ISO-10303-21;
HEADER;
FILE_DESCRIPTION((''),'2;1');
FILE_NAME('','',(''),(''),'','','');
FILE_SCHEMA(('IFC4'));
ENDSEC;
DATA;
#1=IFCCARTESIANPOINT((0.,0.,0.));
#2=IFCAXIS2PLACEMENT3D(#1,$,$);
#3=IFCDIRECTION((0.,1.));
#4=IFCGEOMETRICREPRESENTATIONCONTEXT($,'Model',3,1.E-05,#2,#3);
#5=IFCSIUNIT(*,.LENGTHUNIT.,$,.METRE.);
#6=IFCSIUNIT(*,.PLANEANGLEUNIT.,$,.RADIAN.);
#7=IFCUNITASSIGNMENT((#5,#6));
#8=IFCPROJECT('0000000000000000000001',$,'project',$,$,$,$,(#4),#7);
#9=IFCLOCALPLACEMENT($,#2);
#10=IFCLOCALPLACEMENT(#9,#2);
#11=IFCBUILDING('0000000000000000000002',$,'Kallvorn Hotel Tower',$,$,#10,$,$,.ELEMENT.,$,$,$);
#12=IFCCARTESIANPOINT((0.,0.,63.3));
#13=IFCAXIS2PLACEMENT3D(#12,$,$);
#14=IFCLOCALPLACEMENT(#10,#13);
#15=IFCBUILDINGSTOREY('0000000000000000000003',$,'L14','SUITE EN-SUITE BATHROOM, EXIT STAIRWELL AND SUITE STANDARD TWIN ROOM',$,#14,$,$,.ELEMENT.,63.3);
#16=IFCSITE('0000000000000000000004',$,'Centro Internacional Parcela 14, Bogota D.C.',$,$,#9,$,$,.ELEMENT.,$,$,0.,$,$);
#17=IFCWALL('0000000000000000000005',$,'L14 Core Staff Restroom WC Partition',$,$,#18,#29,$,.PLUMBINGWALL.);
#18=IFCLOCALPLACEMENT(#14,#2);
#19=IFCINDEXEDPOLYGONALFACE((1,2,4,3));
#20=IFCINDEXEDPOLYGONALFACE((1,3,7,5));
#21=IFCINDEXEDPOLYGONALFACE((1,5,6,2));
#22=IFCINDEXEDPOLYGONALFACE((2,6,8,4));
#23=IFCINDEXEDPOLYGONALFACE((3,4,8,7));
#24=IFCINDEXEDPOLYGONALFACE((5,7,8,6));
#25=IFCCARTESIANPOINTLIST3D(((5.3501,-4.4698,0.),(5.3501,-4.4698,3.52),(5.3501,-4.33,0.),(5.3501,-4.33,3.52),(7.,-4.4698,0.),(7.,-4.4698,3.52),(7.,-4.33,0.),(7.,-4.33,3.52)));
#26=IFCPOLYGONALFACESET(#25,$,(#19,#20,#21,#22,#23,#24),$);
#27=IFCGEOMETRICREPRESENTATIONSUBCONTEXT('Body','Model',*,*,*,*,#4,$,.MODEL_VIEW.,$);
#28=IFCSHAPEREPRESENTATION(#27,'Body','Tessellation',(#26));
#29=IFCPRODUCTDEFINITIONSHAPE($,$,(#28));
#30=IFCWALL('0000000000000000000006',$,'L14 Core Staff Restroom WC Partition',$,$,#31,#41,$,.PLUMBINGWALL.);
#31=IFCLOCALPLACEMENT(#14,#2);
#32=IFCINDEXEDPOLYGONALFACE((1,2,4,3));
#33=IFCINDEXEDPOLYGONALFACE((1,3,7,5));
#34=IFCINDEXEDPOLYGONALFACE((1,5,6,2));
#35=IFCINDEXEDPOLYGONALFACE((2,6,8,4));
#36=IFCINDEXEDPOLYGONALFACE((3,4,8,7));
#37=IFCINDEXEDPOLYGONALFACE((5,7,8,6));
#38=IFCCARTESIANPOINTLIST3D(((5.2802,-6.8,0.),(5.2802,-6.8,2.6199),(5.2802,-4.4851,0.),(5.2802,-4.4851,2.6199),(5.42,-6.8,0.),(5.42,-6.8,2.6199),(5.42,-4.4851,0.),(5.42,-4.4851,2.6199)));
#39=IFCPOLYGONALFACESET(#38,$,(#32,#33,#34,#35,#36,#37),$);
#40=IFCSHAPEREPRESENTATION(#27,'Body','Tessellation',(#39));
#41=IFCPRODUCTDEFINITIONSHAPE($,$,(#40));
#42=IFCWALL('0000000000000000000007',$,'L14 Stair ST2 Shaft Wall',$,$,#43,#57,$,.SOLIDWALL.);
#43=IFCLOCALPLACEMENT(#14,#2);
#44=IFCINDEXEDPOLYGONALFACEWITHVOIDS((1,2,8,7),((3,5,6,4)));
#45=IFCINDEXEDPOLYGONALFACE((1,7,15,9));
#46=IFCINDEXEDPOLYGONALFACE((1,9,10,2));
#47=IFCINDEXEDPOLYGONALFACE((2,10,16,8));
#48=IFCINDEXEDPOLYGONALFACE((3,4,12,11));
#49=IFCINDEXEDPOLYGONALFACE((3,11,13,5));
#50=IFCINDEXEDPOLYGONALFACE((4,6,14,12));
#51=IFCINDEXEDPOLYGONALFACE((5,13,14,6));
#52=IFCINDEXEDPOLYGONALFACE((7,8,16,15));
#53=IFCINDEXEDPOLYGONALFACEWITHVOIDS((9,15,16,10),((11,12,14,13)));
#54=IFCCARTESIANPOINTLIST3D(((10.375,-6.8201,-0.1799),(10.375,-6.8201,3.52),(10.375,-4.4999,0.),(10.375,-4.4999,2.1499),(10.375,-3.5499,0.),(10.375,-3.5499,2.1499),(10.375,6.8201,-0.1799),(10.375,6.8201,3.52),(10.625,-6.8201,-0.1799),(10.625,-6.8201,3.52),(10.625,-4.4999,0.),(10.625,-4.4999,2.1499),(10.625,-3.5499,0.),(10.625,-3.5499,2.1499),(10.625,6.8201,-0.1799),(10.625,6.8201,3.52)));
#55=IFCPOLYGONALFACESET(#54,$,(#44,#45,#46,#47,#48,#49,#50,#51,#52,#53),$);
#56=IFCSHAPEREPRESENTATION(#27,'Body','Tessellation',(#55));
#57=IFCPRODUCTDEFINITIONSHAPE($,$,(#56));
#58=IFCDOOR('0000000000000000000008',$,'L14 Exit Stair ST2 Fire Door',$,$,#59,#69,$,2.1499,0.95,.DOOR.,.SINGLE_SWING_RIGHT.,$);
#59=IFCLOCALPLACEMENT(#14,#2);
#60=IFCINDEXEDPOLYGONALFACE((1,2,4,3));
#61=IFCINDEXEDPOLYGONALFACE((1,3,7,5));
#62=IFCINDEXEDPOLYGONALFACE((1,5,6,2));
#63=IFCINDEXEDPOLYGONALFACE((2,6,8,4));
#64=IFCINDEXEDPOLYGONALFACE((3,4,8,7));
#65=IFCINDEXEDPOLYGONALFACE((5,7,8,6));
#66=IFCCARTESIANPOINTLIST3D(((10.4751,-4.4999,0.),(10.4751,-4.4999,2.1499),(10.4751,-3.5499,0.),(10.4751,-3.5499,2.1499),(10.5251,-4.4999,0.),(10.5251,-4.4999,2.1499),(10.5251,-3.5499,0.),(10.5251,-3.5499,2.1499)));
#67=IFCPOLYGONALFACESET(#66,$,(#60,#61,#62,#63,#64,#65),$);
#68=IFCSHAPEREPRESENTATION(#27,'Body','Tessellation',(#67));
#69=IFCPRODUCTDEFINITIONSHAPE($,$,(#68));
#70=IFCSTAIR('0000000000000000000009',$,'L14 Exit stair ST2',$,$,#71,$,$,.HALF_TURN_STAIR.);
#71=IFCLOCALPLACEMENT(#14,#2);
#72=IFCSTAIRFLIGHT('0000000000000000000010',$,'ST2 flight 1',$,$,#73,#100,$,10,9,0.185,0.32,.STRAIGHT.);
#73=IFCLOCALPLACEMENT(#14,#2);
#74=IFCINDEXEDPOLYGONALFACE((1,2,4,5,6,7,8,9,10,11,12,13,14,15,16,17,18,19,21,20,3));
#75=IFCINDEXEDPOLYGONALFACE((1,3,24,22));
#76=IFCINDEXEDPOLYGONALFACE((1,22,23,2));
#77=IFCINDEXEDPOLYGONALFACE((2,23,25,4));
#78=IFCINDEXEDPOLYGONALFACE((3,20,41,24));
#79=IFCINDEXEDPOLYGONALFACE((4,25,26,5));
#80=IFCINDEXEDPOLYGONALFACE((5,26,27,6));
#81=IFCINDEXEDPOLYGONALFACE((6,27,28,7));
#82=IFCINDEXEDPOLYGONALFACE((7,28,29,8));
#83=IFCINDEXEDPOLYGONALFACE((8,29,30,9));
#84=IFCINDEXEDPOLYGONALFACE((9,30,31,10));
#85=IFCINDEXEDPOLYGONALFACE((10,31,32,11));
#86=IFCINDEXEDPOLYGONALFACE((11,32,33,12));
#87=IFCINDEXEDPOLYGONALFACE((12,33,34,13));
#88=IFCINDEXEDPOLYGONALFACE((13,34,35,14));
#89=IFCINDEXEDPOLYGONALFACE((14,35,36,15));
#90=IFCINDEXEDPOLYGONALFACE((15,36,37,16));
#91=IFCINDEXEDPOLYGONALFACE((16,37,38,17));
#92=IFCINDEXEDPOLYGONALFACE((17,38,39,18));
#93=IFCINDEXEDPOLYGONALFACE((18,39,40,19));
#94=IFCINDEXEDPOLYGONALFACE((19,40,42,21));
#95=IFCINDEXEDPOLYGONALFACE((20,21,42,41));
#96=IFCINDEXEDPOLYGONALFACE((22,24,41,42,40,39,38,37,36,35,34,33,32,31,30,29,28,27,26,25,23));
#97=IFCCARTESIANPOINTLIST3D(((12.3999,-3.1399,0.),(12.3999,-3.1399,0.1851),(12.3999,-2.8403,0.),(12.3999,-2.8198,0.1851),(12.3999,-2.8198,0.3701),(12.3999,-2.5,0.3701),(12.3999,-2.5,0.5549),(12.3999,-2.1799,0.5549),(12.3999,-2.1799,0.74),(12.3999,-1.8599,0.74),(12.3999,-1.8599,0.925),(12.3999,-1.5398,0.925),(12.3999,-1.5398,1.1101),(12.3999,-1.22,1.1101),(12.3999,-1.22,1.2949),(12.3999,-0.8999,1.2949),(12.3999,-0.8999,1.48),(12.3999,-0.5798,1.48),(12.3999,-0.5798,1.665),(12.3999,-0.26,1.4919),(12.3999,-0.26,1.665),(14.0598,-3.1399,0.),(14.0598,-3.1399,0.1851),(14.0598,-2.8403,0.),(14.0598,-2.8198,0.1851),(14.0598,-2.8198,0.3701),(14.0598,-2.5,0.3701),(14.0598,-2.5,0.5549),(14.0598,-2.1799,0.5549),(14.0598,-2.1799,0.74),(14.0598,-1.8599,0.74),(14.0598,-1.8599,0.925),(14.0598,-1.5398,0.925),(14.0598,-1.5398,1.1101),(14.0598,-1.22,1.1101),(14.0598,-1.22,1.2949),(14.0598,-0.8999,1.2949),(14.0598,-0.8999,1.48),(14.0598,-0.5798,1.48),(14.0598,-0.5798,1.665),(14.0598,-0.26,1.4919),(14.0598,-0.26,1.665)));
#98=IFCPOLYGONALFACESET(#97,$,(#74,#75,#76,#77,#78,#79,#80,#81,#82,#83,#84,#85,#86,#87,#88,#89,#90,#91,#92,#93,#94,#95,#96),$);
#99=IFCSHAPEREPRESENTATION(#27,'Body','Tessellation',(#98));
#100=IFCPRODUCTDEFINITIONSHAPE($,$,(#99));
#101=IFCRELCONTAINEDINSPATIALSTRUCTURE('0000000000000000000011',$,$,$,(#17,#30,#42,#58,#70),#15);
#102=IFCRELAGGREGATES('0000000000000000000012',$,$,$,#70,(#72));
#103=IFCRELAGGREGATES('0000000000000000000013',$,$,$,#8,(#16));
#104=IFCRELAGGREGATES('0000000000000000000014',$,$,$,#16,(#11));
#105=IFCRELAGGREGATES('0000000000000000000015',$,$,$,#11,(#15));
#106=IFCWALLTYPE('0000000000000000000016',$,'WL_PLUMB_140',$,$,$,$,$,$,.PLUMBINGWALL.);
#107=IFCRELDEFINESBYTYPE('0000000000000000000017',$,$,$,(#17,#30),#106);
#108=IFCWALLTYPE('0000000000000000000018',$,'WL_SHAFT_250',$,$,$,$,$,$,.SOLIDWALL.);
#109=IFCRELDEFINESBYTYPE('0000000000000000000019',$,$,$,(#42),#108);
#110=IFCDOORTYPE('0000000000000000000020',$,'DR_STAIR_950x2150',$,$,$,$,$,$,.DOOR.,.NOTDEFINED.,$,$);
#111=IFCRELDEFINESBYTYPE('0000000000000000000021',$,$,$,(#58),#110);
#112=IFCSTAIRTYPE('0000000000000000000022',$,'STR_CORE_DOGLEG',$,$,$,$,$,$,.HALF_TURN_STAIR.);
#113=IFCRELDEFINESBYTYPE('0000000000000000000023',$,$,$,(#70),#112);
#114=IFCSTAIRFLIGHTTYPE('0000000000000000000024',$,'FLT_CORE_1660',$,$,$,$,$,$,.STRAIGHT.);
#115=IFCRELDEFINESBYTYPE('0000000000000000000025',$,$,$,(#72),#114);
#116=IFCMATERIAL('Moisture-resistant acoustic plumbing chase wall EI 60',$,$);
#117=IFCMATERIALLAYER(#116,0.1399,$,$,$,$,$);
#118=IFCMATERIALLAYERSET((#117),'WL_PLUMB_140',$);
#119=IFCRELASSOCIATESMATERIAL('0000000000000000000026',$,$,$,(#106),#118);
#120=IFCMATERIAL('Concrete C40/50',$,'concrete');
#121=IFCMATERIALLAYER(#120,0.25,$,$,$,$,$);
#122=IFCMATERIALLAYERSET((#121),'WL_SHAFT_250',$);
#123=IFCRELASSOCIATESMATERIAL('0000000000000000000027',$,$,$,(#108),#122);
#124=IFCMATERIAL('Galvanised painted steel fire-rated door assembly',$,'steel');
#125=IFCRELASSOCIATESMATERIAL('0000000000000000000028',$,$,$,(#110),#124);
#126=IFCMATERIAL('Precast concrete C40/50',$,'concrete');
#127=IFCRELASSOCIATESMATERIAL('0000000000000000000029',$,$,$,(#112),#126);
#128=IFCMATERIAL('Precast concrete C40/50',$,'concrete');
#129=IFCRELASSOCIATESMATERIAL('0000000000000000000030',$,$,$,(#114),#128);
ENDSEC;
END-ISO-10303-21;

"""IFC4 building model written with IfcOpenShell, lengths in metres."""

from ifc_helpers import new_model, si_unit, direction, frame, frame_2d, origin, place, context, subcontext, project, spatial, polyline, rectangle, outline, extrude, material, layer, layer_set, type_object, element, fill, aggregate, save


model = new_model("IFC4")

# Units and contexts
model_context = context("Model", 3, precision=1e-05, world=origin(), true_north=direction((0.0, 1.0)))
body_context = subcontext(model_context, "Body", "Model", "MODEL_VIEW")
ifc_project = project(units=[si_unit("LENGTHUNIT", "METRE"), si_unit("PLANEANGLEUNIT", "RADIAN")], contexts=[model_context])

# Site, building, storey
site_placement = place(None, origin())
site = spatial("IfcSite", under=ifc_project, at=site_placement, Name="Centro Internacional Parcela 14, Bogota D.C.", CompositionType="ELEMENT", RefElevation=0.0)
building_placement = place(site_placement, origin())
building = spatial("IfcBuilding", under=site, at=building_placement, Name="Kallvorn Hotel Tower", CompositionType="ELEMENT")
storey_placement = place(building_placement, frame((0.0, 0.0, 63.3)))
storey = spatial("IfcBuildingStorey", under=building, at=storey_placement, Name="L14", Description="SUITE EN-SUITE BATHROOM, EXIT STAIRWELL AND SUITE STANDARD TWIN ROOM", CompositionType="ELEMENT", Elevation=63.3)

# Walls
ifc_material_1 = material(Name="Moisture-resistant acoustic plumbing chase wall EI 60")
ifc_layer_1 = layer(ifc_material_1, 0.1399)
ifc_layer_set_1 = layer_set([ifc_layer_1], Name="WL_PLUMB_140")
wall_type_1 = type_object("IfcWallType", Name="WL_PLUMB_140", PredefinedType="PLUMBINGWALL", material=ifc_layer_set_1)
wall_1_placement = place(storey_placement, frame((5.3501, -4.3999, 0.0), z_axis=(0.0, 0.0, 1.0), x_axis=(1.0, 0.0, 0.0)))
element("IfcWall", 1, at=wall_1_placement, inside=storey, type_object=wall_type_1, Name="L14 Core Staff Restroom WC Partition", PredefinedType="PLUMBINGWALL", context=body_context, shape_type="SweptSolid", body=[
    extrude(rectangle(XDim=1.6499, YDim=0.1399, at=frame_2d((0.825, 0.0))), origin(), (0.0, 0.0, 1.0), 3.52),
])
wall_2_placement = place(storey_placement, frame((5.3501, -6.8, 0.0), z_axis=(0.0, 0.0, 1.0), x_axis=(0.0, 1.0, 0.0)))
element("IfcWall", 2, at=wall_2_placement, inside=storey, type_object=wall_type_1, Name="L14 Core Staff Restroom WC Partition", PredefinedType="PLUMBINGWALL", context=body_context, shape_type="SweptSolid", body=[
    extrude(rectangle(XDim=2.3149, YDim=0.1399, at=frame_2d((1.1575, 0.0))), origin(), (0.0, 0.0, 1.0), 2.6199),
])

# Shared definitions
ifc_material_2 = material(Name="Concrete C40/50", Category="concrete")
ifc_layer_2 = layer(ifc_material_2, 0.25)
ifc_layer_set_2 = layer_set([ifc_layer_2], Name="WL_SHAFT_250")
wall_type_2 = type_object("IfcWallType", Name="WL_SHAFT_250", PredefinedType="SOLIDWALL", material=ifc_layer_set_2)

# Wall, opening, door
wall_3_placement = place(storey_placement, frame((10.5, -6.8201, -0.1799), z_axis=(0.0, 0.0, 1.0), x_axis=(0.0, 1.0, 0.0)))
wall_3 = element("IfcWall", 3, at=wall_3_placement, inside=storey, type_object=wall_type_2, Name="L14 Stair ST2 Shaft Wall", PredefinedType="SOLIDWALL", context=body_context, shape_type="SweptSolid", body=[
    extrude(rectangle(XDim=13.6401, YDim=0.25, at=frame_2d((6.8201, 0.0))), origin(), (0.0, 0.0, 1.0), 3.7),
])
opening_1_placement = place(wall_3_placement, frame((2.3201, 0.0, 0.1799)))
opening_1 = element("IfcOpeningElement", 4, at=opening_1_placement, cuts=wall_3, PredefinedType="OPENING", context=body_context, shape_type="SweptSolid", body=[
    extrude(rectangle(XDim=0.95, YDim=2.1499, at=frame_2d((0.4751, 1.075))), frame((0.0, 0.1399, 0.0), z_axis=(0.0, -1.0, 0.0), x_axis=(1.0, 0.0, 0.0)), (0.0, 0.0, 1.0), 0.28),
])
ifc_material_3 = material(Name="Galvanised painted steel fire-rated door assembly", Category="steel")
door_type_1 = type_object("IfcDoorType", Name="DR_STAIR_950x2150", OperationType="NOTDEFINED", PredefinedType="DOOR", material=ifc_material_3)
door_1_placement = place(opening_1_placement, origin())
door_1 = element("IfcDoor", 5, at=door_1_placement, inside=storey, type_object=door_type_1, Name="L14 Exit Stair ST2 Fire Door", OperationType="SINGLE_SWING_RIGHT", OverallHeight=2.1499, OverallWidth=0.95, PredefinedType="DOOR", context=body_context, shape_type="SweptSolid", body=[
    extrude(rectangle(XDim=0.95, YDim=2.1499, at=frame_2d((0.4751, 1.075))), frame((0.0, 0.0249, 0.0), z_axis=(0.0, -1.0, 0.0), x_axis=(1.0, 0.0, 0.0)), (0.0, 0.0, 1.0), 0.05),
])
fill(opening_1, door_1)

# Stair, stair flight
ifc_material_4 = material(Name="Precast concrete C40/50", Category="concrete")
stair_type = type_object("IfcStairType", Name="STR_CORE_DOGLEG", PredefinedType="HALF_TURN_STAIR", material=ifc_material_4)
stair_placement = place(storey_placement, origin())
stair = element("IfcStair", 6, at=stair_placement, inside=storey, type_object=stair_type, Name="L14 Exit stair ST2", PredefinedType="HALF_TURN_STAIR")
ifc_material_5 = material(Name="Precast concrete C40/50", Category="concrete")
stair_flight_type = type_object("IfcStairFlightType", Name="FLT_CORE_1660", PredefinedType="STRAIGHT", material=ifc_material_5)
stair_flight_placement = place(storey_placement, frame((13.23, -3.1399, 0.0), z_axis=(0.0, 0.0, 1.0), x_axis=(0.0, 1.0, 0.0)))
stair_flight = element("IfcStairFlight", 7, at=stair_flight_placement, type_object=stair_flight_type, Name="ST2 flight 1", NumberOfRisers=10, NumberOfTreads=9, PredefinedType="STRAIGHT", RiserHeight=0.185, TreadLength=0.32, context=body_context, shape_type="SweptSolid", body=[
    extrude(outline(polyline([(0.0, 0.0), (0.0, 0.1851), (0.3201, 0.1851), (0.3201, 0.3701), (0.6399, 0.3701), (0.6399, 0.5549), (0.96, 0.5549), (0.96, 0.74), (1.28, 0.74), (1.28, 0.925), (1.6001, 0.925), (1.6001, 1.1101), (1.9199, 1.1101), (1.9199, 1.2949), (2.24, 1.2949), (2.24, 1.48), (2.5601, 1.48), (2.5601, 1.665), (2.8799, 1.665), (2.8799, 1.8501), (2.8799, 1.4919), (0.2996, 0.0), (0.0, 0.0)])), frame((0.0, 0.8301, 0.0), z_axis=(0.0, -1.0, 0.0), x_axis=(1.0, 0.0, 0.0)), (0.0, 0.0, 1.0), 1.6599),
])
aggregate(stair, [stair_flight])

save(model, "model.ifc")
